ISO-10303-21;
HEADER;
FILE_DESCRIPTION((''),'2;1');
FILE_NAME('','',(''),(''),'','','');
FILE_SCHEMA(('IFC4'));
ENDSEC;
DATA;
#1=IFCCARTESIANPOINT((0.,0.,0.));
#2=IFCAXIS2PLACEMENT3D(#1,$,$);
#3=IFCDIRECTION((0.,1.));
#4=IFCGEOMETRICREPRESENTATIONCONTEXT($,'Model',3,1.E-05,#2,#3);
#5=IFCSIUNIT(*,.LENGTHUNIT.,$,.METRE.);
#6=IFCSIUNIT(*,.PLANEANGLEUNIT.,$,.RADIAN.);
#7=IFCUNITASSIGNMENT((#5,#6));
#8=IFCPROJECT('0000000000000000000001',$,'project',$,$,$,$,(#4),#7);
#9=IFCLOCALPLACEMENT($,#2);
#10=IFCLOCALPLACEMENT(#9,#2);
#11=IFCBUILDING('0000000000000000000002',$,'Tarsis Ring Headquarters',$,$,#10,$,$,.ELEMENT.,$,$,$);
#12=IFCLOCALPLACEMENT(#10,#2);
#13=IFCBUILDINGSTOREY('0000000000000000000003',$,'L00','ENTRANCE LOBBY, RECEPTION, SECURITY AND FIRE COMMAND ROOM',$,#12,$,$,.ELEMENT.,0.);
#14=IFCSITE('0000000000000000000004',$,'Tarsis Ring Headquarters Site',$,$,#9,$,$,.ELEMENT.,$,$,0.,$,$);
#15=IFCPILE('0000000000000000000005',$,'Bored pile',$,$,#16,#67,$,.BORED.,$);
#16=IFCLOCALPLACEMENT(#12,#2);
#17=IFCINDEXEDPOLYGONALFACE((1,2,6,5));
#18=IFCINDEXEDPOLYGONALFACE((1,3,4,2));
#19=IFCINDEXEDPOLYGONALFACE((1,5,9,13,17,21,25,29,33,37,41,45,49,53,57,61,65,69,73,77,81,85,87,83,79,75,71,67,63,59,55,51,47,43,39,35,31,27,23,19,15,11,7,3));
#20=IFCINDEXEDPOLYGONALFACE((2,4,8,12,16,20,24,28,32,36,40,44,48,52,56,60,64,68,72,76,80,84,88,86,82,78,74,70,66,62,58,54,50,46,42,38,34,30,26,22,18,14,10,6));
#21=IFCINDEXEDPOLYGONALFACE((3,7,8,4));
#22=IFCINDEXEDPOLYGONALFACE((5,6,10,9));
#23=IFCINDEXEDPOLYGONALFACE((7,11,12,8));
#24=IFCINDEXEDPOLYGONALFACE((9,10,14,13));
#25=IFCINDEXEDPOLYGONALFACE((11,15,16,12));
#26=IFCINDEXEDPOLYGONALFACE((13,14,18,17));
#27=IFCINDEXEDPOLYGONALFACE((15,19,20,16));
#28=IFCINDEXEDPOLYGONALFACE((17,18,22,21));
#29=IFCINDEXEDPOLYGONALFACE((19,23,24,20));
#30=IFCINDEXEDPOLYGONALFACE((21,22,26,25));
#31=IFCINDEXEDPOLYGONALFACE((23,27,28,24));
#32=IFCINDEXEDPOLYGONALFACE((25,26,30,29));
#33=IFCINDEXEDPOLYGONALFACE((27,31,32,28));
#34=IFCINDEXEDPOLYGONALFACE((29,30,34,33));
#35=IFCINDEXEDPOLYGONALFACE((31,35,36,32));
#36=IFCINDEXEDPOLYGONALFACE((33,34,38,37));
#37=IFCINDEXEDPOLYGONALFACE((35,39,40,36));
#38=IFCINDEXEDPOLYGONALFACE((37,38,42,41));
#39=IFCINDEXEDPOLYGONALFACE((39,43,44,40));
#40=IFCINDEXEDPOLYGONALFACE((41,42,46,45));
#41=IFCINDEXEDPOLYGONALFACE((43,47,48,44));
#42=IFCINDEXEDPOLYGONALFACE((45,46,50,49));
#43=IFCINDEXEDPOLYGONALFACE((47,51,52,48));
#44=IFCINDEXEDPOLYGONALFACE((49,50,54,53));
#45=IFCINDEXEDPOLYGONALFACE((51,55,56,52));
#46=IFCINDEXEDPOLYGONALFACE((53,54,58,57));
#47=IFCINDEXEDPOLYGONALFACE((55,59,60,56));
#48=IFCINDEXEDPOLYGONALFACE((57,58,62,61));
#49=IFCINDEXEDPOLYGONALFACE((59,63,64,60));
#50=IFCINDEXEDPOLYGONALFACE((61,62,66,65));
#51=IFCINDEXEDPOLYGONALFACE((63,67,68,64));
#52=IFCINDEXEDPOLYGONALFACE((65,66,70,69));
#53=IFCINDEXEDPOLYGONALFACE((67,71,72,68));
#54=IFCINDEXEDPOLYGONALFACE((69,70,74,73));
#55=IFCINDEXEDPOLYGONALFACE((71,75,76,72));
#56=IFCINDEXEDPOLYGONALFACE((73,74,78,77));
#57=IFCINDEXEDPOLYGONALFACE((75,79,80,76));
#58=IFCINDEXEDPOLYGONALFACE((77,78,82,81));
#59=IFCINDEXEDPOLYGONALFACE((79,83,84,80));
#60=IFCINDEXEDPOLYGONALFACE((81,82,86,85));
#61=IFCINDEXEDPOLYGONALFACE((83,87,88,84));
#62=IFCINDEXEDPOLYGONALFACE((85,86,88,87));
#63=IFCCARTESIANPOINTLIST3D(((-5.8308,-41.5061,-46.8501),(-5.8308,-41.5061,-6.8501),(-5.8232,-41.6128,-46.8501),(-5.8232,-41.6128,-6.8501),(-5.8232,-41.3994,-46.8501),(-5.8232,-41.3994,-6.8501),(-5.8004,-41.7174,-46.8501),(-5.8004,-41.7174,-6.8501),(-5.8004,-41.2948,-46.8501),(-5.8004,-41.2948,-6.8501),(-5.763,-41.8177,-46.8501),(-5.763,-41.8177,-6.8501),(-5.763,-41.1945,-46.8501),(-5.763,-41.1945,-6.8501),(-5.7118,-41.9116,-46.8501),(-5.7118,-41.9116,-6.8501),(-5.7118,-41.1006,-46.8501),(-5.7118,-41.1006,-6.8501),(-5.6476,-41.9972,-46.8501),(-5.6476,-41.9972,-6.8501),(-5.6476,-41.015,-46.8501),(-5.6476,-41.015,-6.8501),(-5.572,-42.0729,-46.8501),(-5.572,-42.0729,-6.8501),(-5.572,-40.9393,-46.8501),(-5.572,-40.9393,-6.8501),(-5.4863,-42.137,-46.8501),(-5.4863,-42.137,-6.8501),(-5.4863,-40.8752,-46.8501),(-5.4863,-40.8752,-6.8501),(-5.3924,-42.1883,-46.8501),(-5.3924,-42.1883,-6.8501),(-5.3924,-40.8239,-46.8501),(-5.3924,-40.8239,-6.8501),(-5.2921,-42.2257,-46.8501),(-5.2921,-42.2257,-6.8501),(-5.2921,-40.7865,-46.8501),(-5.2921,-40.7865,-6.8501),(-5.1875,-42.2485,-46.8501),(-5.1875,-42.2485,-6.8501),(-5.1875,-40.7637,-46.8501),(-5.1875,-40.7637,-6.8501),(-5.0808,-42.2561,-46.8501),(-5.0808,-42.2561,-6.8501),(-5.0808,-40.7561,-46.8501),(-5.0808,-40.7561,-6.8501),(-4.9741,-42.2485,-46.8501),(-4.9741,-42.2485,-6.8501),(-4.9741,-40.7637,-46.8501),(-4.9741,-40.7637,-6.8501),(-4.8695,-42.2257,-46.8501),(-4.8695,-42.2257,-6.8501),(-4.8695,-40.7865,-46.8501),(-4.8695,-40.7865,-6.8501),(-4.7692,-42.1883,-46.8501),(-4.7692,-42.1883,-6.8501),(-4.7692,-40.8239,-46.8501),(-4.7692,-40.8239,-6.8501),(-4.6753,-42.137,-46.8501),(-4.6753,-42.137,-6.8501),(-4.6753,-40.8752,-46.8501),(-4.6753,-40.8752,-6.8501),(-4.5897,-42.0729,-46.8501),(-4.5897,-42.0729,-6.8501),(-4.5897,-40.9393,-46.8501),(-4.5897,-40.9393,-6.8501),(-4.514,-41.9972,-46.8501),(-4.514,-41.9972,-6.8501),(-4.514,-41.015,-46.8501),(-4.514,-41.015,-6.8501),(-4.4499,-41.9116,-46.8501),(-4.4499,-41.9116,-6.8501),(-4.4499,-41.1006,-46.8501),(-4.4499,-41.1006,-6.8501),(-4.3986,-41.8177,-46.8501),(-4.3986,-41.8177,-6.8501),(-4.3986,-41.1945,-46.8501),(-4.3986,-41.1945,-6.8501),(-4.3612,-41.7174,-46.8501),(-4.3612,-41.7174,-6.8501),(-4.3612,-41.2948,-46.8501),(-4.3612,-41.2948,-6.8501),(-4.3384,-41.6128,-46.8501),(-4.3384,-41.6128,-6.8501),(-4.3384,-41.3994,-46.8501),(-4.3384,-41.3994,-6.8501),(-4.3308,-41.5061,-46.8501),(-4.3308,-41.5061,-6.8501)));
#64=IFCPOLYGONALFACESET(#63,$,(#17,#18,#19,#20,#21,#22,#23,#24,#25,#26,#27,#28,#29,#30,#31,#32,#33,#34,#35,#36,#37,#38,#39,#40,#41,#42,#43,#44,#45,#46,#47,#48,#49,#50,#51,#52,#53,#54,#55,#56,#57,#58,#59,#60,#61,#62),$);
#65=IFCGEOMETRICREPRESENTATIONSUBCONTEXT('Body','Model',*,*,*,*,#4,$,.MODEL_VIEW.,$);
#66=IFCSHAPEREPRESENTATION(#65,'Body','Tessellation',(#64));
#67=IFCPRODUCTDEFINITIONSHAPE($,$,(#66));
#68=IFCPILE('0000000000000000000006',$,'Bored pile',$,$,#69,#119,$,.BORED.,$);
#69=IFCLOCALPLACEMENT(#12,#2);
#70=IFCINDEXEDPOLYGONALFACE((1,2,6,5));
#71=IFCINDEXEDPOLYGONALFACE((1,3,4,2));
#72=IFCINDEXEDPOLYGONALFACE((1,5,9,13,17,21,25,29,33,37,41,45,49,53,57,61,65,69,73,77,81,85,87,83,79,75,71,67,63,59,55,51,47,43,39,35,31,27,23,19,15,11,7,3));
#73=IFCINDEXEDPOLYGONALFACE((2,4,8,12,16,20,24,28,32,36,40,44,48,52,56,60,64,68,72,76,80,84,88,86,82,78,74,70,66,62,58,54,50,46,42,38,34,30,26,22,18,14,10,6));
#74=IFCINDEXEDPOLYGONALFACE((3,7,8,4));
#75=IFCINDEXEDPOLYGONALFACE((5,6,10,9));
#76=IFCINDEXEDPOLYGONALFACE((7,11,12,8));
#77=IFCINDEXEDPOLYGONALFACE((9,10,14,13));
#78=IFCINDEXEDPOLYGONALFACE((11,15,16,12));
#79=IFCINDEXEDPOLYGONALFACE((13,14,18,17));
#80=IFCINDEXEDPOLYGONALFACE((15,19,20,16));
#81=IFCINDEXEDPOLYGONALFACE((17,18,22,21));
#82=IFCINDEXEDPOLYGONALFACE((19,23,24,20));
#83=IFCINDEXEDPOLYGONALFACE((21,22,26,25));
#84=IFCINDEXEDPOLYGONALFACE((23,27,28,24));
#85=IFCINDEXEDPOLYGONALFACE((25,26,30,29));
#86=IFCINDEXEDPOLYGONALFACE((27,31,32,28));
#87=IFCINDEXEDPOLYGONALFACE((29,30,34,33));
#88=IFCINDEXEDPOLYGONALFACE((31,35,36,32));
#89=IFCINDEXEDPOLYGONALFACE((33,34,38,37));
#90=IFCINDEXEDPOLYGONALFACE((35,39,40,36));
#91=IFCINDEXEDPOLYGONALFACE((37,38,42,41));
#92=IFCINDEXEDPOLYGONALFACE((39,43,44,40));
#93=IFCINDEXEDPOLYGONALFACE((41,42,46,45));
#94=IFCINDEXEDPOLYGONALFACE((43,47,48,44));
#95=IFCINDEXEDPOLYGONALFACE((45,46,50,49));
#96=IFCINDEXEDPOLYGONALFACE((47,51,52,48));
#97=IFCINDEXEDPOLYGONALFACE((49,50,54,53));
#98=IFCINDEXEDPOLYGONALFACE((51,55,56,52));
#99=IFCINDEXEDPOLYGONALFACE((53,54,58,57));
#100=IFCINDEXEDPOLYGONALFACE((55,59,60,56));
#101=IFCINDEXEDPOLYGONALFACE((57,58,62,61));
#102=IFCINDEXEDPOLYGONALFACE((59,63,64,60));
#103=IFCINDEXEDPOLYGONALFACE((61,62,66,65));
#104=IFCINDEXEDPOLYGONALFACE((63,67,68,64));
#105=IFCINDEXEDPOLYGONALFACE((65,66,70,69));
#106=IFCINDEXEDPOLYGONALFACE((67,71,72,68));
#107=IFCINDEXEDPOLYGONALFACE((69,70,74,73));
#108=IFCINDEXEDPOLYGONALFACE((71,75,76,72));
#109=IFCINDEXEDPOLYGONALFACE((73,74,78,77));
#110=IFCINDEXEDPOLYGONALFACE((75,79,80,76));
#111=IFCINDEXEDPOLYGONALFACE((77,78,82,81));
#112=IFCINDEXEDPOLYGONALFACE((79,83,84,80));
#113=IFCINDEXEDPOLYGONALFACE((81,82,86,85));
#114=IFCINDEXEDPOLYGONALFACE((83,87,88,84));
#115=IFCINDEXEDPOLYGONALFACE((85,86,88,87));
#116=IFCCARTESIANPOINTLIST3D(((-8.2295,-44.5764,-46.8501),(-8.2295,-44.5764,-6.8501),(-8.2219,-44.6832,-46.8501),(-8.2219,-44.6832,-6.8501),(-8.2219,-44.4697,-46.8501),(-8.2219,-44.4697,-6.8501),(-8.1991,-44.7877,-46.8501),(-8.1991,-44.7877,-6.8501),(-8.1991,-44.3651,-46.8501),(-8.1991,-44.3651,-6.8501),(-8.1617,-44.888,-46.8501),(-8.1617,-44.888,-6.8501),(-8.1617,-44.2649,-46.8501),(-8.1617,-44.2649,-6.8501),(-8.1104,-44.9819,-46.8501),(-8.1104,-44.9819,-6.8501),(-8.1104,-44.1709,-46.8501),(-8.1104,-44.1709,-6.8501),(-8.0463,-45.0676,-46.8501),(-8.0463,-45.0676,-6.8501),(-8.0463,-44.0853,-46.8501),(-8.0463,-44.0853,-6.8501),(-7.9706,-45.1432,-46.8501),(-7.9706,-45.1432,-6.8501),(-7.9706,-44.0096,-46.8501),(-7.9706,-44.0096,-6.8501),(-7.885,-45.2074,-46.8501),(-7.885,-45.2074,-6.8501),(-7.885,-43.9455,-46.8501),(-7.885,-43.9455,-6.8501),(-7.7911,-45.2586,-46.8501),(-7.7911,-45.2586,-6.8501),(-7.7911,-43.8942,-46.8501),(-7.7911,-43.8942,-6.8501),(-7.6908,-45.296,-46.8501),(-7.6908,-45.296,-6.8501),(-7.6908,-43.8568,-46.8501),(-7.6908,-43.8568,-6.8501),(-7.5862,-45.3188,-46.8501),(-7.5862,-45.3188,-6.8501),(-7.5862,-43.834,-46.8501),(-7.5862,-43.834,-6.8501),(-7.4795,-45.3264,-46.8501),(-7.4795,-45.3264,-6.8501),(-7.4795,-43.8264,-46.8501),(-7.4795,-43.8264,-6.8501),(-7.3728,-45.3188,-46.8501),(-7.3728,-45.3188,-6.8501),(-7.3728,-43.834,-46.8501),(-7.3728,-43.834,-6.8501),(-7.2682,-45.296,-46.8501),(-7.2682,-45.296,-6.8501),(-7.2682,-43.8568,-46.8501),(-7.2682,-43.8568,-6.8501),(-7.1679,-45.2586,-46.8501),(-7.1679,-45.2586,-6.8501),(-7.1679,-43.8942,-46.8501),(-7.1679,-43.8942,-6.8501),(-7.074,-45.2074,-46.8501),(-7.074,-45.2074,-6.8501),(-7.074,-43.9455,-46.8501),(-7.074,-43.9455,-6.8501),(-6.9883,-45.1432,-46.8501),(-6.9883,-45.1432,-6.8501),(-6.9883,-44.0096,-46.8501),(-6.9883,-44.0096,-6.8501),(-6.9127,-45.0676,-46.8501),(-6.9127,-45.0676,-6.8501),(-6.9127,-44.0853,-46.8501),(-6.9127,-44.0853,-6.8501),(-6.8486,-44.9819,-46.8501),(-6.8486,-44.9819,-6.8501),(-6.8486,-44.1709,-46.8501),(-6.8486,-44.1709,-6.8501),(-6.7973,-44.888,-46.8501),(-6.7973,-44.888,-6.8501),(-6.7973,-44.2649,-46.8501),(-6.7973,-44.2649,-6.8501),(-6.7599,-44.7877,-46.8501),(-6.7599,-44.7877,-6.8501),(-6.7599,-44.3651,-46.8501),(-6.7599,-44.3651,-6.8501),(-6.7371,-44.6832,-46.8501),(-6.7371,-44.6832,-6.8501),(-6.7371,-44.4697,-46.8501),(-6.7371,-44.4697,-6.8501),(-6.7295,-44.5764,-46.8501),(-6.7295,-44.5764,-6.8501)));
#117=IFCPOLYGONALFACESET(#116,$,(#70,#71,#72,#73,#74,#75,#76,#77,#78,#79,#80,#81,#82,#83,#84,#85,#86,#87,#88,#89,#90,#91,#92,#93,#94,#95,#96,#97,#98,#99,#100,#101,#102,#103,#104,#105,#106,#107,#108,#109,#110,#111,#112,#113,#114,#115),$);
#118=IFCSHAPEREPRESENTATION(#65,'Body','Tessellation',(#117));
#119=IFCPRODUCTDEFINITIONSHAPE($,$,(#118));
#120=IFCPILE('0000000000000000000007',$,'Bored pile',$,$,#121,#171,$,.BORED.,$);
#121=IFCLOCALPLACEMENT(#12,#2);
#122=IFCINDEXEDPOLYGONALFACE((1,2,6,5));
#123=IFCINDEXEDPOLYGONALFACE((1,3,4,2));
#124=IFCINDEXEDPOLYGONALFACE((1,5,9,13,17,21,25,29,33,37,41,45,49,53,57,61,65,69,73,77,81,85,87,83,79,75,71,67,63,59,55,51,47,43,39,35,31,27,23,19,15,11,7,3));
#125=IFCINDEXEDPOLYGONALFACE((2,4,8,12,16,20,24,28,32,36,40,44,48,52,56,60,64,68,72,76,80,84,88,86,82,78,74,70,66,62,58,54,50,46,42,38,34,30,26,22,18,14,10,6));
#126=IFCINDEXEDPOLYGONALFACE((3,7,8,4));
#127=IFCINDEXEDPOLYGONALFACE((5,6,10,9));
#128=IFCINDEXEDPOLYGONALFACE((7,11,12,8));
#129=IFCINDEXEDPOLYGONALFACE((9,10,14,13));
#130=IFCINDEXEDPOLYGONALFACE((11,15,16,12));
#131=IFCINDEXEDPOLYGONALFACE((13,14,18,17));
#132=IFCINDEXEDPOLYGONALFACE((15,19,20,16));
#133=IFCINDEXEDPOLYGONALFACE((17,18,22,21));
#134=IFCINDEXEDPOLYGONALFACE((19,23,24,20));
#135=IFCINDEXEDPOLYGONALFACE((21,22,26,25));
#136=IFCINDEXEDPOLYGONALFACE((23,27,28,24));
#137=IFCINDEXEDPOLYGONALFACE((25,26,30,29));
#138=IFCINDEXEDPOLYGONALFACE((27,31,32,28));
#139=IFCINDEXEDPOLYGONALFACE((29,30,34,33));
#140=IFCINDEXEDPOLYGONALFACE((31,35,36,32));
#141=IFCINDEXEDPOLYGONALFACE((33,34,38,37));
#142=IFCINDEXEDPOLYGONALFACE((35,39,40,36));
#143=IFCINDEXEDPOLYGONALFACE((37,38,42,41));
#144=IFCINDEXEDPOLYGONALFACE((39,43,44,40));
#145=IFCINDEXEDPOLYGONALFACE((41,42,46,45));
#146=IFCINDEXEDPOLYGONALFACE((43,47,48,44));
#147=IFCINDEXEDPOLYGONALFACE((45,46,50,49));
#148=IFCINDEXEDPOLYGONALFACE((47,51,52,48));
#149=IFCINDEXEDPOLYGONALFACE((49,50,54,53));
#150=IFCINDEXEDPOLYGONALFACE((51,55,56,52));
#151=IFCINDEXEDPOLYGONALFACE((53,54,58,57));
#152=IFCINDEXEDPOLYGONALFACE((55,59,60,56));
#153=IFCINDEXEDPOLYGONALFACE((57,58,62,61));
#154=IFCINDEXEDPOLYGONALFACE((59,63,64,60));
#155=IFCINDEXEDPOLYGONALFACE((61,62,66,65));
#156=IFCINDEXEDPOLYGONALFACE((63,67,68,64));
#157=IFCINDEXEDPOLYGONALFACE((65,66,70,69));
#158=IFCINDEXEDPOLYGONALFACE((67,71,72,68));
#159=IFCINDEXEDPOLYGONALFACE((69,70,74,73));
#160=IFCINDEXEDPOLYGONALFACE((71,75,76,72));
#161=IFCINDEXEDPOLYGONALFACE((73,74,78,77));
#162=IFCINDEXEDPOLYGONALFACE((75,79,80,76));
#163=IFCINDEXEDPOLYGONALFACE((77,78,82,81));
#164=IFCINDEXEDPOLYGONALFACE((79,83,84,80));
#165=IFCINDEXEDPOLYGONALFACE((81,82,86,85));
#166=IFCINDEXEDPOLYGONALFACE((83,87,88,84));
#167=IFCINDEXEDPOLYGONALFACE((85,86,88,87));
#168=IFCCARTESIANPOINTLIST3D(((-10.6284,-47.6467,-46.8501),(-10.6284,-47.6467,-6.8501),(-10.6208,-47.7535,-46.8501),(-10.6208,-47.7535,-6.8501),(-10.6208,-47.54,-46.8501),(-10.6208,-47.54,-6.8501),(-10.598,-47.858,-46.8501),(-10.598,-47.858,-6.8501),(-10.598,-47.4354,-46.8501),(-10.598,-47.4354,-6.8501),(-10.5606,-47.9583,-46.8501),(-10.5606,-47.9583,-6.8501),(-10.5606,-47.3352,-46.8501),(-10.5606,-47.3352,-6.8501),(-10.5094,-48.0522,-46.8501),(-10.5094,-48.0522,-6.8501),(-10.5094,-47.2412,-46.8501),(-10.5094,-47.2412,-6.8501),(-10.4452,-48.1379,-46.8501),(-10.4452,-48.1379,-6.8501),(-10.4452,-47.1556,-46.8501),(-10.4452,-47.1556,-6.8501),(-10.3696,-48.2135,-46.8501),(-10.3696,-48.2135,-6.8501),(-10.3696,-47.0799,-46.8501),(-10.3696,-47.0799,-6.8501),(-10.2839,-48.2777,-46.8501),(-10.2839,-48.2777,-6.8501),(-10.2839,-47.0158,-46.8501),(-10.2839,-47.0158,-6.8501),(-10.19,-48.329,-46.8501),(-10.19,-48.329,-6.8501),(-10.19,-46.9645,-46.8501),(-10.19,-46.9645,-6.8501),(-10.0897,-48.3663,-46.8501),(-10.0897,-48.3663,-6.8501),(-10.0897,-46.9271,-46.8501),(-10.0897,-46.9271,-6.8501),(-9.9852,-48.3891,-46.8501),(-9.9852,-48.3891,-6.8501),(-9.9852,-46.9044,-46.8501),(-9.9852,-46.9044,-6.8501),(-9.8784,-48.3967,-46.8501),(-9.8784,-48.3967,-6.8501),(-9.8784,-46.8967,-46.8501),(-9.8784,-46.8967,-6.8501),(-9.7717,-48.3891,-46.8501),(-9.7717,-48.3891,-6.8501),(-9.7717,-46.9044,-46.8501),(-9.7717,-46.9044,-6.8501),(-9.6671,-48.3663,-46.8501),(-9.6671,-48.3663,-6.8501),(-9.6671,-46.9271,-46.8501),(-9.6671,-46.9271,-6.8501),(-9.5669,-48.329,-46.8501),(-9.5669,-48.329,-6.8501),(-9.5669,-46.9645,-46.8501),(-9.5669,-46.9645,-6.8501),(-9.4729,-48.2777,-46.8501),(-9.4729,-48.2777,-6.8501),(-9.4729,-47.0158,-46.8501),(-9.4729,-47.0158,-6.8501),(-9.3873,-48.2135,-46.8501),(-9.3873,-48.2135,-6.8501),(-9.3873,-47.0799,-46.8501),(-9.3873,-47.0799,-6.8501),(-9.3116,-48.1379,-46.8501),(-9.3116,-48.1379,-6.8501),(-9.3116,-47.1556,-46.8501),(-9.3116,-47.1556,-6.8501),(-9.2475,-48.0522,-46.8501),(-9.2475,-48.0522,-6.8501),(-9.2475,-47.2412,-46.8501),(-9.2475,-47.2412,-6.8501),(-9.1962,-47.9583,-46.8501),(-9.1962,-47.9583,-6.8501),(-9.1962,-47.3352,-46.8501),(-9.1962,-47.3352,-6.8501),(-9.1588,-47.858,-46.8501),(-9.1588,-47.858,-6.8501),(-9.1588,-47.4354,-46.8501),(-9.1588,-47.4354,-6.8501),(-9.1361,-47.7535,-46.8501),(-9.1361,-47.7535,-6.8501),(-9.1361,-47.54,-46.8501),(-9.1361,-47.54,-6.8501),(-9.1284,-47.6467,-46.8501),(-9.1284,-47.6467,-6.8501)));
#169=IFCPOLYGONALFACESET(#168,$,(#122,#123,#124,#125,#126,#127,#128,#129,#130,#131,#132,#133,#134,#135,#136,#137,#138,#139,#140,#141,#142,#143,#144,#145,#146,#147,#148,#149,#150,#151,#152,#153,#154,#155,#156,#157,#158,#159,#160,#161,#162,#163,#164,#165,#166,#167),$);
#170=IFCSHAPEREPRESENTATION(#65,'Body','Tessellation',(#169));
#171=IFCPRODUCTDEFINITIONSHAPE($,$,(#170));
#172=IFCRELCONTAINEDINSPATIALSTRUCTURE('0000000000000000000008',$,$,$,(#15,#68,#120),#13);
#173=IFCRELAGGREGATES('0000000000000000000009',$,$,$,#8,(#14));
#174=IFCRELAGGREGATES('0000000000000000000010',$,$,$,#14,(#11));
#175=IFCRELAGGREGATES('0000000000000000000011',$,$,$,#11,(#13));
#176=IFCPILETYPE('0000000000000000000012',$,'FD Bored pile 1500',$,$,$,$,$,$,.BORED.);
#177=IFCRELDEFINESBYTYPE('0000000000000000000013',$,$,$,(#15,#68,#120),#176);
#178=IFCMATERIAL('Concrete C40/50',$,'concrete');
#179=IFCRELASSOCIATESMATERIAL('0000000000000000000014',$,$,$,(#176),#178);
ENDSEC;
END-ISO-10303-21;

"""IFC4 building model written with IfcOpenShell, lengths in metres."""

from ifc_helpers import new_model, si_unit, direction, frame, origin, origin_2d, place, context, subcontext, project, spatial, circle, extrude, material, material_profile, profile_set, type_object, element, save


model = new_model("IFC4")

# Units and contexts
model_context = context("Model", 3, precision=1e-05, world=origin(), true_north=direction((0.0, 1.0)))
body_context = subcontext(model_context, "Body", "Model", "MODEL_VIEW")
ifc_project = project(units=[si_unit("LENGTHUNIT", "METRE"), si_unit("PLANEANGLEUNIT", "RADIAN")], contexts=[model_context])

# Site, building, storey
site_placement = place(None, origin())
site = spatial("IfcSite", under=ifc_project, at=site_placement, Name="Tarsis Ring Headquarters Site", CompositionType="ELEMENT", RefElevation=0.0)
building_placement = place(site_placement, origin())
building = spatial("IfcBuilding", under=site, at=building_placement, Name="Tarsis Ring Headquarters", CompositionType="ELEMENT")
storey_placement = place(building_placement, origin())
storey = spatial("IfcBuildingStorey", under=building, at=storey_placement, Name="L00", Description="ENTRANCE LOBBY, RECEPTION, SECURITY AND FIRE COMMAND ROOM", CompositionType="ELEMENT", Elevation=0.0)

# Piles
ifc_material_1 = material(Name="Concrete C40/50", Category="concrete")
ifc_material_profile = material_profile(ifc_material_1, circle(Radius=0.75, at=origin_2d()), Name="BORED 1500")
ifc_profile_set = profile_set([ifc_material_profile], Name="Concrete C40/50")
pile_type = type_object("IfcPileType", Name="FD Bored pile 1500", PredefinedType="BORED", material=ifc_profile_set)
for number, where, z_axis, x_axis, name in (
    (1, (-5.0808, -41.5061, -6.8501), (0.0, 0.0, -1.0), (1.0, 0.0, 0.0), "Bored pile"),
    (2, (-7.4795, -44.5764, -6.8501), (0.0, 0.0, -1.0), (1.0, 0.0, 0.0), "Bored pile"),
    (3, (-9.8784, -47.6467, -6.8501), (0.0, 0.0, -1.0), (1.0, 0.0, 0.0), "Bored pile"),
):
    element("IfcPile", number, at=place(storey_placement, frame(where, z_axis=z_axis, x_axis=x_axis)), inside=storey, type_object=pile_type, Name=name, PredefinedType="BORED", context=body_context, shape_type="SweptSolid", body=[
        extrude(circle(Radius=0.75, at=origin_2d()), origin(), (0.0, 0.0, 1.0), 40.0),
    ])

save(model, "model.ifc")
